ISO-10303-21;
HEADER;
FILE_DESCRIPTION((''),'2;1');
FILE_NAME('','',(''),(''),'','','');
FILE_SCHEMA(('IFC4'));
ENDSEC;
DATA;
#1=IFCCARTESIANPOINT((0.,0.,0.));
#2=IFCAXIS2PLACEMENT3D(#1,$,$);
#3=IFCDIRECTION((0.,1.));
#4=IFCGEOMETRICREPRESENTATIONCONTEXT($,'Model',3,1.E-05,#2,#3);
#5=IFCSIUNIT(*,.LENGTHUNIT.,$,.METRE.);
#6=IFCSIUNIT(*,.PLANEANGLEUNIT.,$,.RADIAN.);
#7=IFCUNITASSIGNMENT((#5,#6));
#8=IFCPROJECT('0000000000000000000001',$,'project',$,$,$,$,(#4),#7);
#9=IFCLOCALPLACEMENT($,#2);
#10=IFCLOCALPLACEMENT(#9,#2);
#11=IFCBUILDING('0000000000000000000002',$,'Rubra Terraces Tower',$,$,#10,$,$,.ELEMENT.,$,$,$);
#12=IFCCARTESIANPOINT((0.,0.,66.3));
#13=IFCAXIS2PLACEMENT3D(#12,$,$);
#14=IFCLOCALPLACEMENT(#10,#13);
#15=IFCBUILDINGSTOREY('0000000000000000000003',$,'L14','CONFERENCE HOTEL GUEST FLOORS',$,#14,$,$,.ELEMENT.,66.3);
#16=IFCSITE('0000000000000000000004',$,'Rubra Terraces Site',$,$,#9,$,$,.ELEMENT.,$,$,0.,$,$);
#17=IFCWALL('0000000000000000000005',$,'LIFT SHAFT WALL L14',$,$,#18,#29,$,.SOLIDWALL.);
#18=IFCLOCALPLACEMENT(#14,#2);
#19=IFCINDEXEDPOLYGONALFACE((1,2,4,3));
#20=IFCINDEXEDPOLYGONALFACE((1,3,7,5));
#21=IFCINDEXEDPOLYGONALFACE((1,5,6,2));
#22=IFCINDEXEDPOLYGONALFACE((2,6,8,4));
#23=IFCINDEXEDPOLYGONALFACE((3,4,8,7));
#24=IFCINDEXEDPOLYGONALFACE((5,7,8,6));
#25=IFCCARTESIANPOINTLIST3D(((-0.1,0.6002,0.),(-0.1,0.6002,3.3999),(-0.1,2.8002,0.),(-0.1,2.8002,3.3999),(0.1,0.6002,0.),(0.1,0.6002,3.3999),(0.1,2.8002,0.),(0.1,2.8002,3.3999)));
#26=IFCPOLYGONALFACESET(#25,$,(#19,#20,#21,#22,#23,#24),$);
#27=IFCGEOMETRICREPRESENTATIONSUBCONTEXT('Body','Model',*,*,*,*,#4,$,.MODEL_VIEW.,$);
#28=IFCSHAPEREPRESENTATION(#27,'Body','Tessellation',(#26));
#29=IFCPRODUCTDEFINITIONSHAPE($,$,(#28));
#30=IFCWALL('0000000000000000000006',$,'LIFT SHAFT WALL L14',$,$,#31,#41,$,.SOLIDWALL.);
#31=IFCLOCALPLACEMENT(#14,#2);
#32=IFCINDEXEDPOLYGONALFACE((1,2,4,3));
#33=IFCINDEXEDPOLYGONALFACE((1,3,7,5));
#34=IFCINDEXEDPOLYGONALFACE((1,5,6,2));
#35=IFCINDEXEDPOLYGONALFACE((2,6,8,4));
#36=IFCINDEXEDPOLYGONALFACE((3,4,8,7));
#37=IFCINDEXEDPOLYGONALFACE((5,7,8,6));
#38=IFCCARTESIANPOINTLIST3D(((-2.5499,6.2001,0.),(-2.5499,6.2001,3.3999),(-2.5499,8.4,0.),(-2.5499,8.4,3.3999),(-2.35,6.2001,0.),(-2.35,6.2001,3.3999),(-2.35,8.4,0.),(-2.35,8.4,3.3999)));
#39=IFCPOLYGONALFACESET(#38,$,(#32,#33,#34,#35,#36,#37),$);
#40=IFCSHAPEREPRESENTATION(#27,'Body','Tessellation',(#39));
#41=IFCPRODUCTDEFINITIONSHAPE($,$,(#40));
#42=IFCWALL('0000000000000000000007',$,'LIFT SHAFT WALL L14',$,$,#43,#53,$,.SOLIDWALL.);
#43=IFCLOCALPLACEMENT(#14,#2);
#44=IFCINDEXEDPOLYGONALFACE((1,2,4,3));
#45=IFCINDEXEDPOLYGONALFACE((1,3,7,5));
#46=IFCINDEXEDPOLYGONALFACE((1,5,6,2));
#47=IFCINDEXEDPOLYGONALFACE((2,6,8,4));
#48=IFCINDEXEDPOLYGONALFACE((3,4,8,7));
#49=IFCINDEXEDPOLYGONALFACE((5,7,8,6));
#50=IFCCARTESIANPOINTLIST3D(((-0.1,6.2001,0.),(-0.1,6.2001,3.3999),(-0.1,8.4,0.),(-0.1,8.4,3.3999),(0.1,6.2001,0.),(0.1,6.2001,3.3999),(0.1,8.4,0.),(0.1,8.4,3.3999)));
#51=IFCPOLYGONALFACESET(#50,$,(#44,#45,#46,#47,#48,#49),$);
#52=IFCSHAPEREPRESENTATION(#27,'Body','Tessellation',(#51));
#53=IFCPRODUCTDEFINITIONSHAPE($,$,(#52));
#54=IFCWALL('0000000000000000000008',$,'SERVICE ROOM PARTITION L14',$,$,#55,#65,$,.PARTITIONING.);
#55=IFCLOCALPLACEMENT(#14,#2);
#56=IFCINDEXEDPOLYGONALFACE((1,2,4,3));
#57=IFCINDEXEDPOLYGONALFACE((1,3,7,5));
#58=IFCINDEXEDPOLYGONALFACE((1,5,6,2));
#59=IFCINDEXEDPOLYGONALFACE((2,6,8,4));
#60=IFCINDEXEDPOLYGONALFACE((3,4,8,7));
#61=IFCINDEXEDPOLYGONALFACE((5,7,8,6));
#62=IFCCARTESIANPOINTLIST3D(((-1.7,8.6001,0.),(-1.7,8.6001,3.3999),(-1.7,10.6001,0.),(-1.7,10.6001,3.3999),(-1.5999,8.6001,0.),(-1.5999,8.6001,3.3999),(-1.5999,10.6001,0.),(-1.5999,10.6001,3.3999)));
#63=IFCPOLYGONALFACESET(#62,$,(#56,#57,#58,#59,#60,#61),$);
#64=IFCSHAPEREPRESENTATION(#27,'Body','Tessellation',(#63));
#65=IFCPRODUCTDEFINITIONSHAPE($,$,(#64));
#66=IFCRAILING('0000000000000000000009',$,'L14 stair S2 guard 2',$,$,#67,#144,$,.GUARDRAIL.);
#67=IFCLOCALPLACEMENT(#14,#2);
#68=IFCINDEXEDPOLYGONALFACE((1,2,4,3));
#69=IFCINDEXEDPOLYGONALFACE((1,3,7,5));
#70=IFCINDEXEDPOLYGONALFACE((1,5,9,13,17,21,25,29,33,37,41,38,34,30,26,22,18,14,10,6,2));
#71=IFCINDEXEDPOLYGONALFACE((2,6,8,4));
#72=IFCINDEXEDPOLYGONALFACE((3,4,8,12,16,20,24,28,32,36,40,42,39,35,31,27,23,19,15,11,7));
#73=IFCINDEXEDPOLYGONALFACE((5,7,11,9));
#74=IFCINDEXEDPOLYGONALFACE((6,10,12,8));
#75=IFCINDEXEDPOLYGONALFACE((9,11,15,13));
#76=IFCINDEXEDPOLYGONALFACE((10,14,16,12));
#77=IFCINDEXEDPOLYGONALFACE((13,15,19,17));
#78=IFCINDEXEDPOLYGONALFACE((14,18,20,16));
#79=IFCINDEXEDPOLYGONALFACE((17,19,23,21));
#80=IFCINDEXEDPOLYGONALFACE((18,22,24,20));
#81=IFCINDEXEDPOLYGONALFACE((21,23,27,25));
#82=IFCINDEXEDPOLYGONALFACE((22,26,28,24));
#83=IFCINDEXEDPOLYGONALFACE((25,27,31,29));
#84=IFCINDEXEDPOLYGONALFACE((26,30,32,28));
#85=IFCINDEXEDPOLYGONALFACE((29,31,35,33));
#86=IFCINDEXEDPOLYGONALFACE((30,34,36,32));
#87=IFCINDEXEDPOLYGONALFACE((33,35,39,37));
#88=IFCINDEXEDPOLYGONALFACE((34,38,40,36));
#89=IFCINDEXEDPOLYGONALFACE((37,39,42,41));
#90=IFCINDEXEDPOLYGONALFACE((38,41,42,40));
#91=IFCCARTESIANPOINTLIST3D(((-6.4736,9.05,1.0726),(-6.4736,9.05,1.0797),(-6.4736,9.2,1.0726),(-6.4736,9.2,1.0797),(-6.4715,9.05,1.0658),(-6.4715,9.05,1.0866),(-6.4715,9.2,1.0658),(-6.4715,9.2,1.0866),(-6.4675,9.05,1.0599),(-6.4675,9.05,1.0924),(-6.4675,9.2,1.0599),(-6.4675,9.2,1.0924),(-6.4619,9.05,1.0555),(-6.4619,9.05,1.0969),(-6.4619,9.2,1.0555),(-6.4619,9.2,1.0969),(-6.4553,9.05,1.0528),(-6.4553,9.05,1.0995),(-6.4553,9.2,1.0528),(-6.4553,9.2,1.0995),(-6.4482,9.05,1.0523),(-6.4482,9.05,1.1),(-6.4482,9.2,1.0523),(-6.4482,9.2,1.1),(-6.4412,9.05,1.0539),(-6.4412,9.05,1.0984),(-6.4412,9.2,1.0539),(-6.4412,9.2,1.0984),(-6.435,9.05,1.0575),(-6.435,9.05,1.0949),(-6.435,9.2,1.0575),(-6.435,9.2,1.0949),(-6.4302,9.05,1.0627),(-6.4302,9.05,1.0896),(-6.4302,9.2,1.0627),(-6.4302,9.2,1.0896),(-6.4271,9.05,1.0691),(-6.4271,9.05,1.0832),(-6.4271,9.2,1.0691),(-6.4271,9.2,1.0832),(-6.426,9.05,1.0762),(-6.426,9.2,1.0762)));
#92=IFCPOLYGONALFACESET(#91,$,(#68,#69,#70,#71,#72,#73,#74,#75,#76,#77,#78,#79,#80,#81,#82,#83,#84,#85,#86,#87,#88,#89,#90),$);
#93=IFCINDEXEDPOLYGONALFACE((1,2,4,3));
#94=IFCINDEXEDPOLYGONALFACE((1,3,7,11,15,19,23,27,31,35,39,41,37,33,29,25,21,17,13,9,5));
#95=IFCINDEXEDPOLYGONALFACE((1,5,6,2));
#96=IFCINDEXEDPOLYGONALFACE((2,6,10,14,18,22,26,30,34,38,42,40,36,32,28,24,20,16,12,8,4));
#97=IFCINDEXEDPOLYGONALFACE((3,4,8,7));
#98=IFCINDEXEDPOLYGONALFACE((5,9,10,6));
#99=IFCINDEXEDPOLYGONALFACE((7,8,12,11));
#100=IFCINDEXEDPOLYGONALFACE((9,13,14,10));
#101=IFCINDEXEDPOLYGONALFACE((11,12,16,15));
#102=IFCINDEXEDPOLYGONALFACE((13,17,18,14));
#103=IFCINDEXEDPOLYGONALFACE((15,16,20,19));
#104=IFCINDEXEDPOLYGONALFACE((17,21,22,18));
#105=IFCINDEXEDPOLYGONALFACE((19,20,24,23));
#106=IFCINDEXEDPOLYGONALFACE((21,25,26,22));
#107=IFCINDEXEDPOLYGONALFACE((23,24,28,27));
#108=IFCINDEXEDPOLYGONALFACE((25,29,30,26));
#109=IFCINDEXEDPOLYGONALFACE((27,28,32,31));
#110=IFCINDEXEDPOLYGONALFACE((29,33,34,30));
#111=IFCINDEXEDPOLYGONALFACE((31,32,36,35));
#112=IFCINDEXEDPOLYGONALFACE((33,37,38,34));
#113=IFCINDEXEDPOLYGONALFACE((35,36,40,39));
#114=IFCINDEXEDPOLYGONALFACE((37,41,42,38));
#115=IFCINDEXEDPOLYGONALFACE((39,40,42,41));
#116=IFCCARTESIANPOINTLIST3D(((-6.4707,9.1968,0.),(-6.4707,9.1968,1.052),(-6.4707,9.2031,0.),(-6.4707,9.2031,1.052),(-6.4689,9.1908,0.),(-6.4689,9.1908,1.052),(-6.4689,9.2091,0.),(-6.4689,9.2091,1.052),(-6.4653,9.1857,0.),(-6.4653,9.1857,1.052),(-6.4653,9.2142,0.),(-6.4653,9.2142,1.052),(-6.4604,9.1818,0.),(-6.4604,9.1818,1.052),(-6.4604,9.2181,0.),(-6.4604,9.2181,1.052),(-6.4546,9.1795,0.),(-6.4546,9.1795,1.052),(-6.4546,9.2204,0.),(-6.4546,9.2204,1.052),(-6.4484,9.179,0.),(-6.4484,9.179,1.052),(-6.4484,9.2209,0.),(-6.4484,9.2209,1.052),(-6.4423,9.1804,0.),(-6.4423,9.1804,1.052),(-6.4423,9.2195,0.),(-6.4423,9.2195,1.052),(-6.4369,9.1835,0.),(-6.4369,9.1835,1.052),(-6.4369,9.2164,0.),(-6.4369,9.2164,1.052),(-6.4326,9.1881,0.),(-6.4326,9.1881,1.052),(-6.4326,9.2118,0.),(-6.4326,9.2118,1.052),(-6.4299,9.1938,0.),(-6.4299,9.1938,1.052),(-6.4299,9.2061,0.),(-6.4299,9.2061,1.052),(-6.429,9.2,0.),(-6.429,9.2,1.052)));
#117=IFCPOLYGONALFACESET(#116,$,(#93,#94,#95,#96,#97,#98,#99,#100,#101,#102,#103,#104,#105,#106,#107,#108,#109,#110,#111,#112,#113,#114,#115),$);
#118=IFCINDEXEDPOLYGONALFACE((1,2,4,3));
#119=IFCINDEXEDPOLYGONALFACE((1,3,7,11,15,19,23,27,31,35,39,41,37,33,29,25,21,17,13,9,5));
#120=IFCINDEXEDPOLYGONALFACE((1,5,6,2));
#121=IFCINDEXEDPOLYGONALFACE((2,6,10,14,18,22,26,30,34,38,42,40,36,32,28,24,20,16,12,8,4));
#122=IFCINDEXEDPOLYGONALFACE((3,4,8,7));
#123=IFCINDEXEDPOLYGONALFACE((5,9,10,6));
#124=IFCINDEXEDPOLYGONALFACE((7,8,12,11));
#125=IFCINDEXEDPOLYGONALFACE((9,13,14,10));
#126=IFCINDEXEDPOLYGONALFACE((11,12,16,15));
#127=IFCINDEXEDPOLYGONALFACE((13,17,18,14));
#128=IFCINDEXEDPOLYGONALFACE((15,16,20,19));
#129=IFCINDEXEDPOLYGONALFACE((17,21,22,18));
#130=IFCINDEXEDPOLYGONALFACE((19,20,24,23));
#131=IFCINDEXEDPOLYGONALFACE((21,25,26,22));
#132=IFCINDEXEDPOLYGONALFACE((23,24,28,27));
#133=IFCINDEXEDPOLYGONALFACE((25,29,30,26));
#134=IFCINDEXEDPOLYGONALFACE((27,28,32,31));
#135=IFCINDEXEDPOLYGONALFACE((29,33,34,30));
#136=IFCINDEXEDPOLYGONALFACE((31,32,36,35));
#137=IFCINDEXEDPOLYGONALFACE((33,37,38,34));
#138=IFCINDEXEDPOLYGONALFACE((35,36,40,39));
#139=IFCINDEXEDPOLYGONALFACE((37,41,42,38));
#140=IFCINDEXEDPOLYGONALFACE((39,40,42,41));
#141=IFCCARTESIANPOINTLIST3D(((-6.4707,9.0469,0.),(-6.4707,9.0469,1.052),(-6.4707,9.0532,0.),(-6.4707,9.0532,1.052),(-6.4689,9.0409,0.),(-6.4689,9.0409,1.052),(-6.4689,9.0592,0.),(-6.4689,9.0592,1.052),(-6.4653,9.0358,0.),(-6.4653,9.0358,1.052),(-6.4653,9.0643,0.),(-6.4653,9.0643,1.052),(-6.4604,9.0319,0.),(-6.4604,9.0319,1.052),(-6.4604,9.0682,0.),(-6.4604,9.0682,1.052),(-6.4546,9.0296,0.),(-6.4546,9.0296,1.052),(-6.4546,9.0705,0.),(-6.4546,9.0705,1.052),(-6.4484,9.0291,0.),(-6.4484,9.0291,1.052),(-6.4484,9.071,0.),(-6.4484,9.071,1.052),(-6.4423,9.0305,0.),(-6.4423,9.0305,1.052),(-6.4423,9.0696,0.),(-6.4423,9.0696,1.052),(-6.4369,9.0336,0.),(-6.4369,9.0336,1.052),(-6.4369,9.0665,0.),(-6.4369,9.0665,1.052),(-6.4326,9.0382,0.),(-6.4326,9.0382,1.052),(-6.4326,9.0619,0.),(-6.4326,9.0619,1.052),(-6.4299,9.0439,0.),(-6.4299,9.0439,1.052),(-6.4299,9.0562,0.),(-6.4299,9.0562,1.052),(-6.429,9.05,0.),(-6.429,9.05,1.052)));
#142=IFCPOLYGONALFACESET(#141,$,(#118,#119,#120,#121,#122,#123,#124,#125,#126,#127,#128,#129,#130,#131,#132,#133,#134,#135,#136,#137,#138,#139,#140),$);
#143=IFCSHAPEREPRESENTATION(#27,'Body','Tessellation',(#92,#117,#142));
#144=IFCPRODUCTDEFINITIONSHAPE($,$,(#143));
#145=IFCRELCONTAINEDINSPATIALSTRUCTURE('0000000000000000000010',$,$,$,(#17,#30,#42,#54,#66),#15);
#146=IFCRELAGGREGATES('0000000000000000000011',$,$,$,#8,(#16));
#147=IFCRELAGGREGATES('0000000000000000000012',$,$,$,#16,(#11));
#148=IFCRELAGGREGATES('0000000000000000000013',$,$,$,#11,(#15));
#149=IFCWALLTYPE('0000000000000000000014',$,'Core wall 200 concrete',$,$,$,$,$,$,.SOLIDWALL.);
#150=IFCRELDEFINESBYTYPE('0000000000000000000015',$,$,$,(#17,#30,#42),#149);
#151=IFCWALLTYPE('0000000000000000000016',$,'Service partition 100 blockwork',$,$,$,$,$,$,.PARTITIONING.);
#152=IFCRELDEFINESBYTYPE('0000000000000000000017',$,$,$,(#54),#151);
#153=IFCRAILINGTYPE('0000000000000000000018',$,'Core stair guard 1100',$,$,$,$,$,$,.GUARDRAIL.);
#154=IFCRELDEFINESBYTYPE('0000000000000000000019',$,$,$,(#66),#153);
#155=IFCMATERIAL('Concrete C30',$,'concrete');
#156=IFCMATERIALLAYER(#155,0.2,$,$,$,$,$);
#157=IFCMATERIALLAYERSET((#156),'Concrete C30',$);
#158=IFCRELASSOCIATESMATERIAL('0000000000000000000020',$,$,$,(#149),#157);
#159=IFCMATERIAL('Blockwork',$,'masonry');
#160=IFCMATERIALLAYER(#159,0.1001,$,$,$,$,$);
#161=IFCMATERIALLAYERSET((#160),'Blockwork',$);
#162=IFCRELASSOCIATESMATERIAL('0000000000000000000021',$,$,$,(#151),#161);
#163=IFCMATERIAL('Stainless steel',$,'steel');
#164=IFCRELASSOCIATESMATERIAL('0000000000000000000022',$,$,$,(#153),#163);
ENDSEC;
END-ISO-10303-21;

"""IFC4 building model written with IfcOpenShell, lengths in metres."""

from ifc_helpers import new_model, si_unit, direction, frame, frame_2d, origin, origin_2d, place, context, subcontext, project, spatial, rectangle, circle, extrude, material, layer, layer_set, type_object, element, save


model = new_model("IFC4")

# Units and contexts
model_context = context("Model", 3, precision=1e-05, world=origin(), true_north=direction((0.0, 1.0)))
body_context = subcontext(model_context, "Body", "Model", "MODEL_VIEW")
ifc_project = project(units=[si_unit("LENGTHUNIT", "METRE"), si_unit("PLANEANGLEUNIT", "RADIAN")], contexts=[model_context])

# Site, building, storey
site_placement = place(None, origin())
site = spatial("IfcSite", under=ifc_project, at=site_placement, Name="Rubra Terraces Site", CompositionType="ELEMENT", RefElevation=0.0)
building_placement = place(site_placement, origin())
building = spatial("IfcBuilding", under=site, at=building_placement, Name="Rubra Terraces Tower", CompositionType="ELEMENT")
storey_placement = place(building_placement, frame((0.0, 0.0, 66.3)))
storey = spatial("IfcBuildingStorey", under=building, at=storey_placement, Name="L14", Description="CONFERENCE HOTEL GUEST FLOORS", CompositionType="ELEMENT", Elevation=66.3)

# Shared definitions
ifc_material_1 = material(Name="Concrete C30", Category="concrete")
ifc_layer_1 = layer(ifc_material_1, 0.2)
ifc_layer_set_1 = layer_set([ifc_layer_1], Name="Concrete C30")
wall_type_1 = type_object("IfcWallType", Name="Core wall 200 concrete", PredefinedType="SOLIDWALL", material=ifc_layer_set_1)

# Shared definitions
ifc_material_2 = material(Name="Stainless steel", Category="steel")

# Walls
for number, where, z_axis, x_axis, name in (
    (1, (0.0, 0.6001, 0.0), (0.0, 0.0, 1.0), (0.0, 1.0, 0.0), "LIFT SHAFT WALL L14"),
    (2, (-2.45, 6.2, 0.0), (0.0, 0.0, 1.0), (0.0, 1.0, 0.0), "LIFT SHAFT WALL L14"),
    (3, (0.0, 6.2, 0.0), (0.0, 0.0, 1.0), (0.0, 1.0, 0.0), "LIFT SHAFT WALL L14"),
):
    element("IfcWall", number, at=place(storey_placement, frame(where, z_axis=z_axis, x_axis=x_axis)), inside=storey, type_object=wall_type_1, Name=name, PredefinedType="SOLIDWALL", context=body_context, shape_type="SweptSolid", body=[
        extrude(rectangle(XDim=2.2, YDim=0.2, at=frame_2d((1.1001, 0.0))), origin(), (0.0, 0.0, 1.0), 3.3999),
    ])
ifc_material_3 = material(Name="Blockwork", Category="masonry")
ifc_layer_2 = layer(ifc_material_3, 0.1001)
ifc_layer_set_2 = layer_set([ifc_layer_2], Name="Blockwork")
wall_type_2 = type_object("IfcWallType", Name="Service partition 100 blockwork", PredefinedType="PARTITIONING", material=ifc_layer_set_2)
wall_1_placement = place(storey_placement, frame((-1.6499, 8.6001, 0.0), z_axis=(0.0, 0.0, 1.0), x_axis=(0.0, 1.0, 0.0)))
element("IfcWall", 4, at=wall_1_placement, inside=storey, type_object=wall_type_2, Name="SERVICE ROOM PARTITION L14", PredefinedType="PARTITIONING", context=body_context, shape_type="SweptSolid", body=[
    extrude(rectangle(XDim=2.0, YDim=0.1001, at=frame_2d((1.0, 0.0))), origin(), (0.0, 0.0, 1.0), 3.3999),
])

# Railing
railing_type_1 = type_object("IfcRailingType", Name="Core stair guard 1100", PredefinedType="GUARDRAIL", material=ifc_material_2)
railing_1_placement = place(storey_placement, frame((-6.45, 9.2, 0.0)))
element("IfcRailing", 5, at=railing_1_placement, inside=storey, type_object=railing_type_1, Name="L14 stair S2 guard 2", PredefinedType="GUARDRAIL", context=body_context, shape_type="SweptSolid", body=[
    extrude(circle(Radius=0.0239, at=origin_2d()), frame((0.0, 0.0, 1.0762), z_axis=(0.0, -1.0, 0.0), x_axis=(1.0, 0.0, 0.0)), (0.0, 0.0, 1.0), 0.1499),
    extrude(circle(Radius=0.021, at=origin_2d()), origin(), (0.0, 0.0, 1.0), 1.052),
    extrude(circle(Radius=0.021, at=origin_2d()), frame((0.0, -0.1499, 0.0)), (0.0, 0.0, 1.0), 1.052),
])

save(model, "model.ifc")
